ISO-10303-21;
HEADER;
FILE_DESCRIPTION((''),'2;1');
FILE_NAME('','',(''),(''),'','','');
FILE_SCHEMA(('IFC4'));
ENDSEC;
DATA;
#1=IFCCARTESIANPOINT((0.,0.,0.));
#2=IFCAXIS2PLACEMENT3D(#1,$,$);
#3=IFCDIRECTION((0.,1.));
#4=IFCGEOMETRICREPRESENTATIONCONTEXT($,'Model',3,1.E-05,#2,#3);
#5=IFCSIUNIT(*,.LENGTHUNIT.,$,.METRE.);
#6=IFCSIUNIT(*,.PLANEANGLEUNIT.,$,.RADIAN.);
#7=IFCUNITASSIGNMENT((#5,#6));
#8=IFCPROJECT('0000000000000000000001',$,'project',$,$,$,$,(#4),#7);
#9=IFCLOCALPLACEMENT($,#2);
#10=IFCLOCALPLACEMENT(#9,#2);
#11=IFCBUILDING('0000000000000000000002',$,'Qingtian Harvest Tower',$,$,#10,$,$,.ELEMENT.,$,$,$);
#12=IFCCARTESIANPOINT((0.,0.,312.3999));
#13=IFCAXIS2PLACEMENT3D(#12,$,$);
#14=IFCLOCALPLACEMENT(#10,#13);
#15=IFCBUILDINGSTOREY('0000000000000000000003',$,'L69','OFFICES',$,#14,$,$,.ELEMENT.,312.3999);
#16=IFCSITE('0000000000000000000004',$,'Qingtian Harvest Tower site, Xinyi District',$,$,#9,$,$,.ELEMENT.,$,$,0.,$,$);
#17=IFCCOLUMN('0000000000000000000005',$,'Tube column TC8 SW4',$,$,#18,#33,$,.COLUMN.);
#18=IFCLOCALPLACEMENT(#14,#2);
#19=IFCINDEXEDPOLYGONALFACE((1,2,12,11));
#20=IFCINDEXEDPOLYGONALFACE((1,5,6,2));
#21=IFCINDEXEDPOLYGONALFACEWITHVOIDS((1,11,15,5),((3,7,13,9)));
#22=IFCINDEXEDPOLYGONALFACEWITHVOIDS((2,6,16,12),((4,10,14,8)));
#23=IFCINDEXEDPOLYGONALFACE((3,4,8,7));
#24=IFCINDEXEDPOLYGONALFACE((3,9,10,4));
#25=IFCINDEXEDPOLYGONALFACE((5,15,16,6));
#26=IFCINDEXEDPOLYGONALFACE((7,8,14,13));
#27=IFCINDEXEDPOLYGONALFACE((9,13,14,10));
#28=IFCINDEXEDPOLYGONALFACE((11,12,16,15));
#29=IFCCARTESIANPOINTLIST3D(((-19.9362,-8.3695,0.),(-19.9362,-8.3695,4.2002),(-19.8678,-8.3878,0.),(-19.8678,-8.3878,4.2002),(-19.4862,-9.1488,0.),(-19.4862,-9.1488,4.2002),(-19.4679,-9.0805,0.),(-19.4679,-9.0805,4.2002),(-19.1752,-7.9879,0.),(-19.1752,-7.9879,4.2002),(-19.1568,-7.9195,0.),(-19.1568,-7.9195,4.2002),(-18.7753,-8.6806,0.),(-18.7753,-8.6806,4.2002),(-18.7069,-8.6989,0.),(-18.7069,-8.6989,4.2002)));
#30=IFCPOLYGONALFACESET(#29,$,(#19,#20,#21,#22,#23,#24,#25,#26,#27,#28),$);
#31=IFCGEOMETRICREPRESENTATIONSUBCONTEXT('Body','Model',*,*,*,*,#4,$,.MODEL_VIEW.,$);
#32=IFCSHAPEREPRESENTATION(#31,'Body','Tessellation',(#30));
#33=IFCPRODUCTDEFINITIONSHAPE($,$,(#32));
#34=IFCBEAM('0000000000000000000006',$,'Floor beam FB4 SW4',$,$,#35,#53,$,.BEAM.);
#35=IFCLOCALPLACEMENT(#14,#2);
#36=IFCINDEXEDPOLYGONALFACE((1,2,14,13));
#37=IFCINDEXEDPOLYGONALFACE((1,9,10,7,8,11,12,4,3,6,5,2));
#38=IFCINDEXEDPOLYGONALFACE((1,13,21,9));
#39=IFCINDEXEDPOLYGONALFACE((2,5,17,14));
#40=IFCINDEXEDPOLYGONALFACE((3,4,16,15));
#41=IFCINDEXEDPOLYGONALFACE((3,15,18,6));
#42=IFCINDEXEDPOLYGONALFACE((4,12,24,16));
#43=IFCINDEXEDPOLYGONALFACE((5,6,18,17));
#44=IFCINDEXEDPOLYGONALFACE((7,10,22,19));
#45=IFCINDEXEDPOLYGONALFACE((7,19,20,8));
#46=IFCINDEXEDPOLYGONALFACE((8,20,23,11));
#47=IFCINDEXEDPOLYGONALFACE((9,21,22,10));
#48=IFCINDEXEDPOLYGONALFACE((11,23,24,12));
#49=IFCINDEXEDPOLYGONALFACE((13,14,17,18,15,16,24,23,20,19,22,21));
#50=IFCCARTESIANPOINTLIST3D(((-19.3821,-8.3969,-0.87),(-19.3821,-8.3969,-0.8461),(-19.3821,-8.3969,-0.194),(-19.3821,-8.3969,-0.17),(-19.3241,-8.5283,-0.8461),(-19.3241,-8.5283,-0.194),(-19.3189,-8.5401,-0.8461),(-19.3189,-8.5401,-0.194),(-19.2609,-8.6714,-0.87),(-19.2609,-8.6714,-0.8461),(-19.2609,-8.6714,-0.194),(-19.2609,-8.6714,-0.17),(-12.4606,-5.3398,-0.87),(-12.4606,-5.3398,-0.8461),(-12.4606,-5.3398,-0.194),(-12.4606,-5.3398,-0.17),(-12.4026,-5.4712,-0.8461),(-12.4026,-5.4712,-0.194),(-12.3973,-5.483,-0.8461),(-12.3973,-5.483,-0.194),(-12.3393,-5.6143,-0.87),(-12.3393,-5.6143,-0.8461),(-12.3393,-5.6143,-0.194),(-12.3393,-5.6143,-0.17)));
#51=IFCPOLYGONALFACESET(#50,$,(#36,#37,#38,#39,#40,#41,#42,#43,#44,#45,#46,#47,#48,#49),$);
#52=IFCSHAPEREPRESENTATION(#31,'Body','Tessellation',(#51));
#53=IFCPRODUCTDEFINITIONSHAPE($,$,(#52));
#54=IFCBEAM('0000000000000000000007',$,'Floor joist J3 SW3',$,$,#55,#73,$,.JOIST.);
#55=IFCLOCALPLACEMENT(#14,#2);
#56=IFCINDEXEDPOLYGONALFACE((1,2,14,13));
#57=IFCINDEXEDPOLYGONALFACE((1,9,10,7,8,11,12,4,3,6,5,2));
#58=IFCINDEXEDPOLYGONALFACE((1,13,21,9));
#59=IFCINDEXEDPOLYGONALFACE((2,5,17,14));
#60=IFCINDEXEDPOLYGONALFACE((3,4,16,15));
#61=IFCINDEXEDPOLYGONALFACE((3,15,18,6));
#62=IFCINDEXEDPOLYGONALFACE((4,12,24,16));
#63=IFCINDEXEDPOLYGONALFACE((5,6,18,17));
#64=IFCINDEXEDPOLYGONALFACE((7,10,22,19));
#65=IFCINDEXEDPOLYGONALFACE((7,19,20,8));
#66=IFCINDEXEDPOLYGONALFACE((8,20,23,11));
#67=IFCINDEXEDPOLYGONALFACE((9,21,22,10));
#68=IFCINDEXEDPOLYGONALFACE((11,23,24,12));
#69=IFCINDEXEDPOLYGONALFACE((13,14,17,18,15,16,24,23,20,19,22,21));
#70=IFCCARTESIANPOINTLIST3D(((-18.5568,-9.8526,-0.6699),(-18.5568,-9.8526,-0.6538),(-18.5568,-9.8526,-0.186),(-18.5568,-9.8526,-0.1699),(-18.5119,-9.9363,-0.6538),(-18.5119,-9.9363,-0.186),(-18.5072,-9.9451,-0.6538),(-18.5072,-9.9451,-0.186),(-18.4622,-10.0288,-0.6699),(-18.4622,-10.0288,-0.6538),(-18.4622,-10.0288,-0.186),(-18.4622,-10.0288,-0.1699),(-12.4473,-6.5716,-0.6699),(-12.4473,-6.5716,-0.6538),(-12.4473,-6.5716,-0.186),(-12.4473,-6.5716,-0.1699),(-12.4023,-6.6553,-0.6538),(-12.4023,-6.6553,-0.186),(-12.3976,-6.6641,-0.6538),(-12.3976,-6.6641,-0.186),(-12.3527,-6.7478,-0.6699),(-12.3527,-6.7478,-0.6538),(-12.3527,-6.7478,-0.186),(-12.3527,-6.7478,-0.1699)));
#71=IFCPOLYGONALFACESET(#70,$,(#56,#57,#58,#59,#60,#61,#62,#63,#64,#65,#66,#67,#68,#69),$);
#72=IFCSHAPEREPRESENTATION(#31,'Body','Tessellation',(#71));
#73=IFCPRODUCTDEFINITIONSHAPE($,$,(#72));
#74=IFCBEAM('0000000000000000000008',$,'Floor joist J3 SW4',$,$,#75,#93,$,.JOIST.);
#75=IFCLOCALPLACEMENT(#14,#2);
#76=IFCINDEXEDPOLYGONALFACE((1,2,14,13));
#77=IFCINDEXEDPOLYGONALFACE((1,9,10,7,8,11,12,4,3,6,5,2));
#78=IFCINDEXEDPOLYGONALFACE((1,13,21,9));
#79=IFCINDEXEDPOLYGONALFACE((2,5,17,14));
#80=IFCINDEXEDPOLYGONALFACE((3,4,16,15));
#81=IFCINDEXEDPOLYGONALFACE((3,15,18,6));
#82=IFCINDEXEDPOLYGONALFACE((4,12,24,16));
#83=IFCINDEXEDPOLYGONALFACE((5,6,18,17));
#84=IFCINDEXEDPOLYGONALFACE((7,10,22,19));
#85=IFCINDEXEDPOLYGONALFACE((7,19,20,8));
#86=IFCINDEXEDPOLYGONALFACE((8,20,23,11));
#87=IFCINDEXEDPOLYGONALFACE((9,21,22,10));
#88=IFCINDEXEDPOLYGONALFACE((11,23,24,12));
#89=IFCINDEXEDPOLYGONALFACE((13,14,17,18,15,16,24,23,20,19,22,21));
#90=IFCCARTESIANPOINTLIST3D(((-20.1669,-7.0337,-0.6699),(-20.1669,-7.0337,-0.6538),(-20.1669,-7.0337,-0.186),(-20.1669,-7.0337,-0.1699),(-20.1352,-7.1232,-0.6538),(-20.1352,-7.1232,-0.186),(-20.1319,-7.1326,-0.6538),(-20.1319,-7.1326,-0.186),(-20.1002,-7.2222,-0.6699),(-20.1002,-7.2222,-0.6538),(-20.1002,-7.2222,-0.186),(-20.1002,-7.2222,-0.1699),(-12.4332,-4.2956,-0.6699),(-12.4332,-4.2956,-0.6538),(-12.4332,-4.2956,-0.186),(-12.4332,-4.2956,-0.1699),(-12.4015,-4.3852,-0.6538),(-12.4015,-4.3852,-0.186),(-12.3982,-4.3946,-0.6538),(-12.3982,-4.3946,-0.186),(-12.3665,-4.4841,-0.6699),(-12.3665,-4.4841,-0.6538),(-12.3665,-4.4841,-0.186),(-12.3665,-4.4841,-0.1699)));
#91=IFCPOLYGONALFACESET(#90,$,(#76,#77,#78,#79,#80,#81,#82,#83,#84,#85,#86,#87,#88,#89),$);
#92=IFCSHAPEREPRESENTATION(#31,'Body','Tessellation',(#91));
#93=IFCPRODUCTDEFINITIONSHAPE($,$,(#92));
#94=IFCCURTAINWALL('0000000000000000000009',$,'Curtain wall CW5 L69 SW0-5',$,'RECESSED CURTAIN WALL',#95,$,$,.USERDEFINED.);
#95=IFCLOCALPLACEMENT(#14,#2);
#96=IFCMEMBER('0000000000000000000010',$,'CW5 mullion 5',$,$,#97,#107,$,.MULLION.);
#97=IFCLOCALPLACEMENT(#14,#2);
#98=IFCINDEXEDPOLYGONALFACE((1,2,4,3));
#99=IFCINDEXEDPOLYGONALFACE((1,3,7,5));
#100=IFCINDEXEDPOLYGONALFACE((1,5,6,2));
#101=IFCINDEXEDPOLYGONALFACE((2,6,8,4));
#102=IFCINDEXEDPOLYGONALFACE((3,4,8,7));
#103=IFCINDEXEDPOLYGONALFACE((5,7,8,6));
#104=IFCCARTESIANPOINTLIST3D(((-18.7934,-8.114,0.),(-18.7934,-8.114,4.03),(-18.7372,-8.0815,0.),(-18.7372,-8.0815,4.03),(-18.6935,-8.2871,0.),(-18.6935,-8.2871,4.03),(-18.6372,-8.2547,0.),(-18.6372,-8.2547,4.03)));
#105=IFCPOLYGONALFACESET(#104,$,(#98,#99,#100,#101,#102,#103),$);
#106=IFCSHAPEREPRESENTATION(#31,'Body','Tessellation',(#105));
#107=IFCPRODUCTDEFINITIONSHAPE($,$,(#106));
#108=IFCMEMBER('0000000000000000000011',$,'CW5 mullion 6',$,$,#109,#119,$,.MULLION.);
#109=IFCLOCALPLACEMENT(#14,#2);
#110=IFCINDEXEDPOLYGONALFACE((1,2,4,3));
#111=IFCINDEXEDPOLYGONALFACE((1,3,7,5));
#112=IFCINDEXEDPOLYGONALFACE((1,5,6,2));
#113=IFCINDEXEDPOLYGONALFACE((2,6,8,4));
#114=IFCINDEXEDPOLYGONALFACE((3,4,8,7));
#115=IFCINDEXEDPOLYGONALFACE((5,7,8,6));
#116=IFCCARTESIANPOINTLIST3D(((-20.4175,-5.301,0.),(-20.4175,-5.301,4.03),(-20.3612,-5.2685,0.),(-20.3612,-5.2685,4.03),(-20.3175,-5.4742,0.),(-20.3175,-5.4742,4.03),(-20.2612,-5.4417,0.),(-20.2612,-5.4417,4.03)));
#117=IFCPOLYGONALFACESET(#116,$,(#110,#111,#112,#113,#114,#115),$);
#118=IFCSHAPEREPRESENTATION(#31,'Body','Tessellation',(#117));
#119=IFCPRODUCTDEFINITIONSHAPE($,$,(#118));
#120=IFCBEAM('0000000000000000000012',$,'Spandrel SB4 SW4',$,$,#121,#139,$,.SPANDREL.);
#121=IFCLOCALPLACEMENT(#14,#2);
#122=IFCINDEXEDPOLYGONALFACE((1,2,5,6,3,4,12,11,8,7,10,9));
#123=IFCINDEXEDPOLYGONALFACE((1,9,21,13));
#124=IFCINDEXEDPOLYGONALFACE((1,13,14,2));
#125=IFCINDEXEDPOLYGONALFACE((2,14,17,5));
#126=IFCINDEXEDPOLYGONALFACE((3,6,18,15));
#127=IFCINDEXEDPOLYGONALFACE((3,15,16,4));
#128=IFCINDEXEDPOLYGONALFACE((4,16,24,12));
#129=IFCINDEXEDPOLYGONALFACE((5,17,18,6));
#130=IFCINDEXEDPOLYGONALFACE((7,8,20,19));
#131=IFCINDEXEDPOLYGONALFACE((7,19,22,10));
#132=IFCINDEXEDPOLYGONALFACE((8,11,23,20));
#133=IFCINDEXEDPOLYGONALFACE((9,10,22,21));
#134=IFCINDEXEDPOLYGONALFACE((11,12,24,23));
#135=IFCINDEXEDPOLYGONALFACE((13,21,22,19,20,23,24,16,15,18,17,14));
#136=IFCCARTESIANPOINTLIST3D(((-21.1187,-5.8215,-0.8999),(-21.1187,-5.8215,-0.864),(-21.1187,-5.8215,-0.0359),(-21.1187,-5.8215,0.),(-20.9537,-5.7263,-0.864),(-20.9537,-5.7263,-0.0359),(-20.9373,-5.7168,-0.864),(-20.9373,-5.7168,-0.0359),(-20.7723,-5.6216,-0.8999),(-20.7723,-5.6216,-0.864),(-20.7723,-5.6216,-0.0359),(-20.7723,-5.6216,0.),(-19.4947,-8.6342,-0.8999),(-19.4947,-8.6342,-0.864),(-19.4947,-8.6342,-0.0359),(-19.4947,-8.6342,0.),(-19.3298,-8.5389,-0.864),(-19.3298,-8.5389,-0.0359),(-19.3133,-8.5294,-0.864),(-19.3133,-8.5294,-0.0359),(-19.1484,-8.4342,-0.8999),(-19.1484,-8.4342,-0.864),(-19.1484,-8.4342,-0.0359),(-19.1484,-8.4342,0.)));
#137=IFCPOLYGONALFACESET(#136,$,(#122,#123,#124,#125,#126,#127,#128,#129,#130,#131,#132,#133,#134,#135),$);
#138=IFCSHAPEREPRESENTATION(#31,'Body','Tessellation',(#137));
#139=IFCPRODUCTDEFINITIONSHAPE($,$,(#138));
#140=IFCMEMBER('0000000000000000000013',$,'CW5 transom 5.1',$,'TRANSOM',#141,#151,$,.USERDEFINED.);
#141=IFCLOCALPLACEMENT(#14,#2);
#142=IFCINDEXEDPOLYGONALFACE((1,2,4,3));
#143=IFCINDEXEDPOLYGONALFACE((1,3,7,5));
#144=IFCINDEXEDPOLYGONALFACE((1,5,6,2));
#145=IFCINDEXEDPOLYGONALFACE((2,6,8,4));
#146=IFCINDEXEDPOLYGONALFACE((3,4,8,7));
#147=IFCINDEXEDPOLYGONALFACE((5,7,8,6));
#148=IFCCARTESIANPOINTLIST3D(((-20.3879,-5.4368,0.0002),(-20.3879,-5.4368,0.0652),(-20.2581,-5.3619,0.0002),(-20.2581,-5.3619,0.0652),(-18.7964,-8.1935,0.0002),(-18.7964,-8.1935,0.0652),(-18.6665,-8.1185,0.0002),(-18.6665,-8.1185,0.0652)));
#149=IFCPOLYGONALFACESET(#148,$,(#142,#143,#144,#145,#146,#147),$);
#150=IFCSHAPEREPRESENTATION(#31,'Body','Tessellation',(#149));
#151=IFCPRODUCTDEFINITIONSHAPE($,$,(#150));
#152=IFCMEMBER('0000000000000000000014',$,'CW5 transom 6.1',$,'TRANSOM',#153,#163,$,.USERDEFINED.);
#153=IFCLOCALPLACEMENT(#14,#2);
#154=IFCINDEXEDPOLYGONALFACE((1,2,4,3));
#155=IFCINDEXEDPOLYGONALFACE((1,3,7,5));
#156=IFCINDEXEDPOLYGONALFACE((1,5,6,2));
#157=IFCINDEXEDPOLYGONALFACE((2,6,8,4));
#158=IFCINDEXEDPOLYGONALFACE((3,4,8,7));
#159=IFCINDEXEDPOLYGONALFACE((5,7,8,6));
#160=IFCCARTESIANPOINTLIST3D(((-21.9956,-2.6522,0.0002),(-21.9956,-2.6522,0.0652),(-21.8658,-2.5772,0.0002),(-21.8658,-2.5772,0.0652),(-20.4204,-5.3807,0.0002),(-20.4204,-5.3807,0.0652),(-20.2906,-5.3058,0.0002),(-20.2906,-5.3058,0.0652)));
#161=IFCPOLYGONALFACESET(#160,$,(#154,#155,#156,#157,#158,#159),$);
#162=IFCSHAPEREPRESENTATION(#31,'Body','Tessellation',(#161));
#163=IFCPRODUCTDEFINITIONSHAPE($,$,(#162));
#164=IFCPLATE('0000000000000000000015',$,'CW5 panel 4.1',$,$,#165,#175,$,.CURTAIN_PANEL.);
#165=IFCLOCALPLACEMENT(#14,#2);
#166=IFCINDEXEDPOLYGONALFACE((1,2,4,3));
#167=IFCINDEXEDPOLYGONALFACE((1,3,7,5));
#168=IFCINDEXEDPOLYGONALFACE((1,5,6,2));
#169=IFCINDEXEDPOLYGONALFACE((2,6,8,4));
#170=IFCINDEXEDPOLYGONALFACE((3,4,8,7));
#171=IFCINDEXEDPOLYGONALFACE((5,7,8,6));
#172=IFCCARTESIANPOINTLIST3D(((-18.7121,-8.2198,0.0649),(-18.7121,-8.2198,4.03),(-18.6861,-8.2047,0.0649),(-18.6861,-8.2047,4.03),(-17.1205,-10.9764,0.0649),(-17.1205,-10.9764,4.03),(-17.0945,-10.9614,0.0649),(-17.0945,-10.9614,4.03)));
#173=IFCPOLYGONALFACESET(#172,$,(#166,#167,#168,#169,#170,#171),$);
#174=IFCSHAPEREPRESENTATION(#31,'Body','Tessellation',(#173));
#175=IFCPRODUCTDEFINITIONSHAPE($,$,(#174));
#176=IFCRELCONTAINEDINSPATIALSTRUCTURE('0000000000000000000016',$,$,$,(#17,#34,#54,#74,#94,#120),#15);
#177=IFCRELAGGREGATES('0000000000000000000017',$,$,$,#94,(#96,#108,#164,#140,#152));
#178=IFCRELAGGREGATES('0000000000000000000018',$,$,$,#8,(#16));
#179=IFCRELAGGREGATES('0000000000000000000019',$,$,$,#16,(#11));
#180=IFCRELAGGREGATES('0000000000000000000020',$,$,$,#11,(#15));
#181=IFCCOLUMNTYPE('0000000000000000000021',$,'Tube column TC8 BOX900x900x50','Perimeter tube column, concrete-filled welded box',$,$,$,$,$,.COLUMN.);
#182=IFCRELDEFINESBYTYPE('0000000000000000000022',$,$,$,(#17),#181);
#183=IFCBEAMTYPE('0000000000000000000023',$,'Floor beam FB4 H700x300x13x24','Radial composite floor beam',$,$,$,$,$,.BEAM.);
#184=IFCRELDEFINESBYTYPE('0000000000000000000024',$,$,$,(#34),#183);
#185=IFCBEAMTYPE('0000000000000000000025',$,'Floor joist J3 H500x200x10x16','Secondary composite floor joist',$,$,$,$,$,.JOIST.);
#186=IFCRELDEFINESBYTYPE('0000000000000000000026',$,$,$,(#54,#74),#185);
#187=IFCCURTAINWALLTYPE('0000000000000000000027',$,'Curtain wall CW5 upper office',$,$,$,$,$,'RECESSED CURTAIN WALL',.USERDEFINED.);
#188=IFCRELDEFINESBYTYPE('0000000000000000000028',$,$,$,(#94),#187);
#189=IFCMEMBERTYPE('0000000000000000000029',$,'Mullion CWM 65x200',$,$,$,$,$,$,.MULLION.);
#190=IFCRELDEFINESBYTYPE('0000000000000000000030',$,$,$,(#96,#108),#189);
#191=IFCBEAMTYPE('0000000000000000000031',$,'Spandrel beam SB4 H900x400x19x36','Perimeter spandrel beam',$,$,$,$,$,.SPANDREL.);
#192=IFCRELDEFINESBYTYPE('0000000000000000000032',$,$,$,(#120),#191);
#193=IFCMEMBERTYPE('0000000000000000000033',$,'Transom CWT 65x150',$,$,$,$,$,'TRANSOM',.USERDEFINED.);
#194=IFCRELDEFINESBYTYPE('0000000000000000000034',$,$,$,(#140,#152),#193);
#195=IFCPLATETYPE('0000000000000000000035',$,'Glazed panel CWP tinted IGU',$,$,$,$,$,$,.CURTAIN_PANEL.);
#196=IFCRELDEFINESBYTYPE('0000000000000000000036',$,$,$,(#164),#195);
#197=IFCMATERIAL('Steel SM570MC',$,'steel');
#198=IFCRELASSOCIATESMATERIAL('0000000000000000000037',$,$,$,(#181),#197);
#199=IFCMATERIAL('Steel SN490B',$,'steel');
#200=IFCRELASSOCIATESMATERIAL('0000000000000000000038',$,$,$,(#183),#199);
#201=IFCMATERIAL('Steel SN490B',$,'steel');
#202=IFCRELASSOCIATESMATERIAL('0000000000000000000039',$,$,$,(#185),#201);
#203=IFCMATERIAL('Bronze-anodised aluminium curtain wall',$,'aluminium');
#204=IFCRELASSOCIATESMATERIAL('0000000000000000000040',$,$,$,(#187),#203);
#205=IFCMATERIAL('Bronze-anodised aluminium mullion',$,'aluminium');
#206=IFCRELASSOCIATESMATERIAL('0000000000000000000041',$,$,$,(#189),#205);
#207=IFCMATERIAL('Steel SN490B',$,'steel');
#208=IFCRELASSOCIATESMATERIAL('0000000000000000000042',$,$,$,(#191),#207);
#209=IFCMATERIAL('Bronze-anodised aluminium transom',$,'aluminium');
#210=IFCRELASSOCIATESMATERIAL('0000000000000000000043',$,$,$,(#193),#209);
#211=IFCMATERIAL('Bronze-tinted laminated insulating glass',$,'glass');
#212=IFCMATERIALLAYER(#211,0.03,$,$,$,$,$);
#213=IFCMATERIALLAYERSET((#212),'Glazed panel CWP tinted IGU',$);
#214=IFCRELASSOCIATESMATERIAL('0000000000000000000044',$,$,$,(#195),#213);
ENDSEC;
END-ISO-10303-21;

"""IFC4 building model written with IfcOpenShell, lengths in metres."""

from ifc_helpers import new_model, si_unit, direction, frame, origin, origin_2d, place, context, subcontext, project, spatial, rectangle, hollow_rectangle, i_section, extrude, material, layer, layer_set, material_profile, profile_set, type_object, element, aggregate, save


model = new_model("IFC4")

# Units and contexts
model_context = context("Model", 3, precision=1e-05, world=origin(), true_north=direction((0.0, 1.0)))
body_context = subcontext(model_context, "Body", "Model", "MODEL_VIEW")
ifc_project = project(units=[si_unit("LENGTHUNIT", "METRE"), si_unit("PLANEANGLEUNIT", "RADIAN")], contexts=[model_context])

# Site, building, storey
site_placement = place(None, origin())
site = spatial("IfcSite", under=ifc_project, at=site_placement, Name="Qingtian Harvest Tower site, Xinyi District", CompositionType="ELEMENT", RefElevation=0.0)
building_placement = place(site_placement, origin())
building = spatial("IfcBuilding", under=site, at=building_placement, Name="Qingtian Harvest Tower", CompositionType="ELEMENT")
storey_placement = place(building_placement, frame((0.0, 0.0, 312.3999)))
storey = spatial("IfcBuildingStorey", under=building, at=storey_placement, Name="L69", Description="OFFICES", CompositionType="ELEMENT", Elevation=312.3999)

# Column
ifc_material_1 = material(Name="Steel SM570MC", Category="steel")
ifc_material_profile_1 = material_profile(ifc_material_1, hollow_rectangle(XDim=0.8999, YDim=0.8999, WallThickness=0.05, at=origin_2d()), Name="BOX900x900x50")
ifc_profile_set_1 = profile_set([ifc_material_profile_1], Name="Steel SM570MC")
column_type = type_object("IfcColumnType", Name="Tube column TC8 BOX900x900x50", Description="Perimeter tube column, concrete-filled welded box", PredefinedType="COLUMN", material=ifc_profile_set_1)
column_placement = place(storey_placement, frame((-19.3215, -8.5342, 0.0), z_axis=(0.0, 0.0, 1.0), x_axis=(0.5, -0.866025, 0.0)))
element("IfcColumn", 1, at=column_placement, inside=storey, type_object=column_type, Name="Tube column TC8 SW4", PredefinedType="COLUMN", context=body_context, shape_type="SweptSolid", body=[
    extrude(hollow_rectangle(XDim=0.8999, YDim=0.8999, WallThickness=0.05, at=origin_2d()), origin(), (0.0, 0.0, 1.0), 4.2002),
])

# Beams
ifc_material_2 = material(Name="Steel SN490B", Category="steel")
ifc_material_profile_2 = material_profile(ifc_material_2, i_section(OverallWidth=0.3, OverallDepth=0.7, WebThickness=0.0129, FlangeThickness=0.0239, at=origin_2d()), Name="H700x300x13x24")
ifc_profile_set_2 = profile_set([ifc_material_profile_2], Name="Steel SN490B")
beam_type_1 = type_object("IfcBeamType", Name="Floor beam FB4 H700x300x13x24", Description="Radial composite floor beam", PredefinedType="BEAM", material=ifc_profile_set_2)
beam_1_placement = place(storey_placement, frame((-19.3215, -8.5342, -0.52), z_axis=(0.914748, 0.404024, 0.0), x_axis=(-0.404024, 0.914748, 0.0)))
element("IfcBeam", 2, at=beam_1_placement, inside=storey, type_object=beam_type_1, Name="Floor beam FB4 SW4", PredefinedType="BEAM", context=body_context, shape_type="SweptSolid", body=[
    extrude(i_section(OverallWidth=0.3, OverallDepth=0.7, WebThickness=0.0129, FlangeThickness=0.0239, at=origin_2d()), origin(), (0.0, 0.0, 1.0), 7.5667),
])
ifc_material_3 = material(Name="Steel SN490B", Category="steel")
ifc_material_profile_3 = material_profile(ifc_material_3, i_section(OverallWidth=0.2, OverallDepth=0.5, WebThickness=0.01, FlangeThickness=0.0161, at=origin_2d()), Name="H500x200x10x16")
ifc_profile_set_3 = profile_set([ifc_material_profile_3], Name="Steel SN490B")
beam_type_2 = type_object("IfcBeamType", Name="Floor joist J3 H500x200x10x16", Description="Secondary composite floor joist", PredefinedType="JOIST", material=ifc_profile_set_3)
beam_2_placement = place(storey_placement, frame((-18.5095, -9.9407, -0.4199), z_axis=(0.881, 0.473117, 0.0), x_axis=(-0.473117, 0.881, 0.0)))
element("IfcBeam", 3, at=beam_2_placement, inside=storey, type_object=beam_type_2, Name="Floor joist J3 SW3", PredefinedType="JOIST", context=body_context, shape_type="SweptSolid", body=[
    extrude(i_section(OverallWidth=0.2, OverallDepth=0.5, WebThickness=0.01, FlangeThickness=0.0161, at=origin_2d()), origin(), (0.0, 0.0, 1.0), 6.9348),
])
beam_3_placement = place(storey_placement, frame((-20.1335, -7.1279, -0.4199), z_axis=(0.942664, 0.333743, 0.0), x_axis=(-0.333743, 0.942664, 0.0)))
element("IfcBeam", 4, at=beam_3_placement, inside=storey, type_object=beam_type_2, Name="Floor joist J3 SW4", PredefinedType="JOIST", context=body_context, shape_type="SweptSolid", body=[
    extrude(i_section(OverallWidth=0.2, OverallDepth=0.5, WebThickness=0.01, FlangeThickness=0.0161, at=origin_2d()), origin(), (0.0, 0.0, 1.0), 8.2041),
])

# Curtain wall, members
ifc_material_4 = material(Name="Bronze-anodised aluminium curtain wall", Category="aluminium")
curtain_wall_type = type_object("IfcCurtainWallType", Name="Curtain wall CW5 upper office", ElementType="RECESSED CURTAIN WALL", PredefinedType="USERDEFINED", material=ifc_material_4)
curtain_wall_placement = place(storey_placement, origin())
curtain_wall = element("IfcCurtainWall", 5, at=curtain_wall_placement, inside=storey, type_object=curtain_wall_type, Name="Curtain wall CW5 L69 SW0-5", ObjectType="RECESSED CURTAIN WALL", PredefinedType="USERDEFINED")
ifc_material_5 = material(Name="Bronze-anodised aluminium mullion", Category="aluminium")
ifc_material_profile_4 = material_profile(ifc_material_5, rectangle(XDim=0.0649, YDim=0.2, at=origin_2d()), Name="AL 65x200")
ifc_profile_set_4 = profile_set([ifc_material_profile_4], Name="Bronze-anodised aluminium mullion")
member_type_1 = type_object("IfcMemberType", Name="Mullion CWM 65x200", PredefinedType="MULLION", material=ifc_profile_set_4)
member_1_placement = place(storey_placement, frame((-18.7153, -8.1843, 0.0), z_axis=(0.0, 0.0, 1.0), x_axis=(-0.866025, -0.5, 0.0)))
member_1 = element("IfcMember", 6, at=member_1_placement, type_object=member_type_1, Name="CW5 mullion 5", PredefinedType="MULLION", context=body_context, shape_type="SweptSolid", body=[
    extrude(rectangle(XDim=0.0649, YDim=0.2, at=origin_2d()), origin(), (0.0, 0.0, 1.0), 4.03),
])
member_2_placement = place(storey_placement, frame((-20.3394, -5.3713, 0.0), z_axis=(0.0, 0.0, 1.0), x_axis=(-0.866025, -0.5, 0.0)))
member_2 = element("IfcMember", 7, at=member_2_placement, type_object=member_type_1, Name="CW5 mullion 6", PredefinedType="MULLION", context=body_context, shape_type="SweptSolid", body=[
    extrude(rectangle(XDim=0.0649, YDim=0.2, at=origin_2d()), origin(), (0.0, 0.0, 1.0), 4.03),
])

# Beam
ifc_material_6 = material(Name="Steel SN490B", Category="steel")
ifc_material_profile_5 = material_profile(ifc_material_6, i_section(OverallWidth=0.3999, OverallDepth=0.8999, WebThickness=0.019, FlangeThickness=0.0359, at=origin_2d()), Name="H900x400x19x36")
ifc_profile_set_5 = profile_set([ifc_material_profile_5], Name="Steel SN490B")
beam_type_3 = type_object("IfcBeamType", Name="Spandrel beam SB4 H900x400x19x36", Description="Perimeter spandrel beam", PredefinedType="SPANDREL", material=ifc_profile_set_5)
beam_4_placement = place(storey_placement, frame((-19.3215, -8.5342, -0.45), z_axis=(-0.50002, 0.866014, 0.0), x_axis=(-0.866014, -0.50002, 0.0)))
element("IfcBeam", 8, at=beam_4_placement, inside=storey, type_object=beam_type_3, Name="Spandrel SB4 SW4", PredefinedType="SPANDREL", context=body_context, shape_type="SweptSolid", body=[
    extrude(i_section(OverallWidth=0.3999, OverallDepth=0.8999, WebThickness=0.019, FlangeThickness=0.0359, at=origin_2d()), origin(), (0.0, 0.0, 1.0), 3.2478),
])

# Members
ifc_material_7 = material(Name="Bronze-anodised aluminium transom", Category="aluminium")
ifc_material_profile_6 = material_profile(ifc_material_7, rectangle(XDim=0.1499, YDim=0.0649, at=origin_2d()), Name="AL 65x150")
ifc_profile_set_6 = profile_set([ifc_material_profile_6], Name="Bronze-anodised aluminium transom")
member_type_2 = type_object("IfcMemberType", Name="Transom CWT 65x150", ElementType="TRANSOM", PredefinedType="USERDEFINED", material=ifc_profile_set_6)
member_3_placement = place(storey_placement, frame((-18.7314, -8.156, 0.0327), z_axis=(-0.500008, 0.866021, 0.0), x_axis=(-0.866021, -0.500008, 0.0)))
member_3 = element("IfcMember", 9, at=member_3_placement, type_object=member_type_2, Name="CW5 transom 5.1", ObjectType="TRANSOM", PredefinedType="USERDEFINED", context=body_context, shape_type="SweptSolid", body=[
    extrude(rectangle(XDim=0.1499, YDim=0.0649, at=origin_2d()), origin(), (0.0, 0.0, 1.0), 3.1831),
])
member_4_placement = place(storey_placement, frame((-20.3555, -5.3433, 0.0327), z_axis=(-0.499973, 0.866041, 0.0), x_axis=(-0.866041, -0.499973, 0.0)))
member_4 = element("IfcMember", 10, at=member_4_placement, type_object=member_type_2, Name="CW5 transom 6.1", ObjectType="TRANSOM", PredefinedType="USERDEFINED", context=body_context, shape_type="SweptSolid", body=[
    extrude(rectangle(XDim=0.1499, YDim=0.0649, at=origin_2d()), origin(), (0.0, 0.0, 1.0), 3.1506),
])

# Plate
ifc_material_8 = material(Name="Bronze-tinted laminated insulating glass", Category="glass")
ifc_layer_1 = layer(ifc_material_8, 0.03)
ifc_layer_set_1 = layer_set([ifc_layer_1], Name="Glazed panel CWP tinted IGU")
plate_type = type_object("IfcPlateType", Name="Glazed panel CWP tinted IGU", PredefinedType="CURTAIN_PANEL", material=ifc_layer_set_1)
plate_1_placement = place(storey_placement, frame((-17.9033, -9.5906, 0.0649), z_axis=(0.0, 0.0, 1.0), x_axis=(-0.5, 0.866025, 0.0)))
plate_1 = element("IfcPlate", 11, at=plate_1_placement, type_object=plate_type, Name="CW5 panel 4.1", PredefinedType="CURTAIN_PANEL", context=body_context, shape_type="SweptSolid", body=[
    extrude(rectangle(XDim=3.1831, YDim=0.03, at=origin_2d()), origin(), (0.0, 0.0, 1.0), 3.9651),
])
aggregate(curtain_wall, [member_1, member_2, plate_1, member_3, member_4])

save(model, "model.ifc")
